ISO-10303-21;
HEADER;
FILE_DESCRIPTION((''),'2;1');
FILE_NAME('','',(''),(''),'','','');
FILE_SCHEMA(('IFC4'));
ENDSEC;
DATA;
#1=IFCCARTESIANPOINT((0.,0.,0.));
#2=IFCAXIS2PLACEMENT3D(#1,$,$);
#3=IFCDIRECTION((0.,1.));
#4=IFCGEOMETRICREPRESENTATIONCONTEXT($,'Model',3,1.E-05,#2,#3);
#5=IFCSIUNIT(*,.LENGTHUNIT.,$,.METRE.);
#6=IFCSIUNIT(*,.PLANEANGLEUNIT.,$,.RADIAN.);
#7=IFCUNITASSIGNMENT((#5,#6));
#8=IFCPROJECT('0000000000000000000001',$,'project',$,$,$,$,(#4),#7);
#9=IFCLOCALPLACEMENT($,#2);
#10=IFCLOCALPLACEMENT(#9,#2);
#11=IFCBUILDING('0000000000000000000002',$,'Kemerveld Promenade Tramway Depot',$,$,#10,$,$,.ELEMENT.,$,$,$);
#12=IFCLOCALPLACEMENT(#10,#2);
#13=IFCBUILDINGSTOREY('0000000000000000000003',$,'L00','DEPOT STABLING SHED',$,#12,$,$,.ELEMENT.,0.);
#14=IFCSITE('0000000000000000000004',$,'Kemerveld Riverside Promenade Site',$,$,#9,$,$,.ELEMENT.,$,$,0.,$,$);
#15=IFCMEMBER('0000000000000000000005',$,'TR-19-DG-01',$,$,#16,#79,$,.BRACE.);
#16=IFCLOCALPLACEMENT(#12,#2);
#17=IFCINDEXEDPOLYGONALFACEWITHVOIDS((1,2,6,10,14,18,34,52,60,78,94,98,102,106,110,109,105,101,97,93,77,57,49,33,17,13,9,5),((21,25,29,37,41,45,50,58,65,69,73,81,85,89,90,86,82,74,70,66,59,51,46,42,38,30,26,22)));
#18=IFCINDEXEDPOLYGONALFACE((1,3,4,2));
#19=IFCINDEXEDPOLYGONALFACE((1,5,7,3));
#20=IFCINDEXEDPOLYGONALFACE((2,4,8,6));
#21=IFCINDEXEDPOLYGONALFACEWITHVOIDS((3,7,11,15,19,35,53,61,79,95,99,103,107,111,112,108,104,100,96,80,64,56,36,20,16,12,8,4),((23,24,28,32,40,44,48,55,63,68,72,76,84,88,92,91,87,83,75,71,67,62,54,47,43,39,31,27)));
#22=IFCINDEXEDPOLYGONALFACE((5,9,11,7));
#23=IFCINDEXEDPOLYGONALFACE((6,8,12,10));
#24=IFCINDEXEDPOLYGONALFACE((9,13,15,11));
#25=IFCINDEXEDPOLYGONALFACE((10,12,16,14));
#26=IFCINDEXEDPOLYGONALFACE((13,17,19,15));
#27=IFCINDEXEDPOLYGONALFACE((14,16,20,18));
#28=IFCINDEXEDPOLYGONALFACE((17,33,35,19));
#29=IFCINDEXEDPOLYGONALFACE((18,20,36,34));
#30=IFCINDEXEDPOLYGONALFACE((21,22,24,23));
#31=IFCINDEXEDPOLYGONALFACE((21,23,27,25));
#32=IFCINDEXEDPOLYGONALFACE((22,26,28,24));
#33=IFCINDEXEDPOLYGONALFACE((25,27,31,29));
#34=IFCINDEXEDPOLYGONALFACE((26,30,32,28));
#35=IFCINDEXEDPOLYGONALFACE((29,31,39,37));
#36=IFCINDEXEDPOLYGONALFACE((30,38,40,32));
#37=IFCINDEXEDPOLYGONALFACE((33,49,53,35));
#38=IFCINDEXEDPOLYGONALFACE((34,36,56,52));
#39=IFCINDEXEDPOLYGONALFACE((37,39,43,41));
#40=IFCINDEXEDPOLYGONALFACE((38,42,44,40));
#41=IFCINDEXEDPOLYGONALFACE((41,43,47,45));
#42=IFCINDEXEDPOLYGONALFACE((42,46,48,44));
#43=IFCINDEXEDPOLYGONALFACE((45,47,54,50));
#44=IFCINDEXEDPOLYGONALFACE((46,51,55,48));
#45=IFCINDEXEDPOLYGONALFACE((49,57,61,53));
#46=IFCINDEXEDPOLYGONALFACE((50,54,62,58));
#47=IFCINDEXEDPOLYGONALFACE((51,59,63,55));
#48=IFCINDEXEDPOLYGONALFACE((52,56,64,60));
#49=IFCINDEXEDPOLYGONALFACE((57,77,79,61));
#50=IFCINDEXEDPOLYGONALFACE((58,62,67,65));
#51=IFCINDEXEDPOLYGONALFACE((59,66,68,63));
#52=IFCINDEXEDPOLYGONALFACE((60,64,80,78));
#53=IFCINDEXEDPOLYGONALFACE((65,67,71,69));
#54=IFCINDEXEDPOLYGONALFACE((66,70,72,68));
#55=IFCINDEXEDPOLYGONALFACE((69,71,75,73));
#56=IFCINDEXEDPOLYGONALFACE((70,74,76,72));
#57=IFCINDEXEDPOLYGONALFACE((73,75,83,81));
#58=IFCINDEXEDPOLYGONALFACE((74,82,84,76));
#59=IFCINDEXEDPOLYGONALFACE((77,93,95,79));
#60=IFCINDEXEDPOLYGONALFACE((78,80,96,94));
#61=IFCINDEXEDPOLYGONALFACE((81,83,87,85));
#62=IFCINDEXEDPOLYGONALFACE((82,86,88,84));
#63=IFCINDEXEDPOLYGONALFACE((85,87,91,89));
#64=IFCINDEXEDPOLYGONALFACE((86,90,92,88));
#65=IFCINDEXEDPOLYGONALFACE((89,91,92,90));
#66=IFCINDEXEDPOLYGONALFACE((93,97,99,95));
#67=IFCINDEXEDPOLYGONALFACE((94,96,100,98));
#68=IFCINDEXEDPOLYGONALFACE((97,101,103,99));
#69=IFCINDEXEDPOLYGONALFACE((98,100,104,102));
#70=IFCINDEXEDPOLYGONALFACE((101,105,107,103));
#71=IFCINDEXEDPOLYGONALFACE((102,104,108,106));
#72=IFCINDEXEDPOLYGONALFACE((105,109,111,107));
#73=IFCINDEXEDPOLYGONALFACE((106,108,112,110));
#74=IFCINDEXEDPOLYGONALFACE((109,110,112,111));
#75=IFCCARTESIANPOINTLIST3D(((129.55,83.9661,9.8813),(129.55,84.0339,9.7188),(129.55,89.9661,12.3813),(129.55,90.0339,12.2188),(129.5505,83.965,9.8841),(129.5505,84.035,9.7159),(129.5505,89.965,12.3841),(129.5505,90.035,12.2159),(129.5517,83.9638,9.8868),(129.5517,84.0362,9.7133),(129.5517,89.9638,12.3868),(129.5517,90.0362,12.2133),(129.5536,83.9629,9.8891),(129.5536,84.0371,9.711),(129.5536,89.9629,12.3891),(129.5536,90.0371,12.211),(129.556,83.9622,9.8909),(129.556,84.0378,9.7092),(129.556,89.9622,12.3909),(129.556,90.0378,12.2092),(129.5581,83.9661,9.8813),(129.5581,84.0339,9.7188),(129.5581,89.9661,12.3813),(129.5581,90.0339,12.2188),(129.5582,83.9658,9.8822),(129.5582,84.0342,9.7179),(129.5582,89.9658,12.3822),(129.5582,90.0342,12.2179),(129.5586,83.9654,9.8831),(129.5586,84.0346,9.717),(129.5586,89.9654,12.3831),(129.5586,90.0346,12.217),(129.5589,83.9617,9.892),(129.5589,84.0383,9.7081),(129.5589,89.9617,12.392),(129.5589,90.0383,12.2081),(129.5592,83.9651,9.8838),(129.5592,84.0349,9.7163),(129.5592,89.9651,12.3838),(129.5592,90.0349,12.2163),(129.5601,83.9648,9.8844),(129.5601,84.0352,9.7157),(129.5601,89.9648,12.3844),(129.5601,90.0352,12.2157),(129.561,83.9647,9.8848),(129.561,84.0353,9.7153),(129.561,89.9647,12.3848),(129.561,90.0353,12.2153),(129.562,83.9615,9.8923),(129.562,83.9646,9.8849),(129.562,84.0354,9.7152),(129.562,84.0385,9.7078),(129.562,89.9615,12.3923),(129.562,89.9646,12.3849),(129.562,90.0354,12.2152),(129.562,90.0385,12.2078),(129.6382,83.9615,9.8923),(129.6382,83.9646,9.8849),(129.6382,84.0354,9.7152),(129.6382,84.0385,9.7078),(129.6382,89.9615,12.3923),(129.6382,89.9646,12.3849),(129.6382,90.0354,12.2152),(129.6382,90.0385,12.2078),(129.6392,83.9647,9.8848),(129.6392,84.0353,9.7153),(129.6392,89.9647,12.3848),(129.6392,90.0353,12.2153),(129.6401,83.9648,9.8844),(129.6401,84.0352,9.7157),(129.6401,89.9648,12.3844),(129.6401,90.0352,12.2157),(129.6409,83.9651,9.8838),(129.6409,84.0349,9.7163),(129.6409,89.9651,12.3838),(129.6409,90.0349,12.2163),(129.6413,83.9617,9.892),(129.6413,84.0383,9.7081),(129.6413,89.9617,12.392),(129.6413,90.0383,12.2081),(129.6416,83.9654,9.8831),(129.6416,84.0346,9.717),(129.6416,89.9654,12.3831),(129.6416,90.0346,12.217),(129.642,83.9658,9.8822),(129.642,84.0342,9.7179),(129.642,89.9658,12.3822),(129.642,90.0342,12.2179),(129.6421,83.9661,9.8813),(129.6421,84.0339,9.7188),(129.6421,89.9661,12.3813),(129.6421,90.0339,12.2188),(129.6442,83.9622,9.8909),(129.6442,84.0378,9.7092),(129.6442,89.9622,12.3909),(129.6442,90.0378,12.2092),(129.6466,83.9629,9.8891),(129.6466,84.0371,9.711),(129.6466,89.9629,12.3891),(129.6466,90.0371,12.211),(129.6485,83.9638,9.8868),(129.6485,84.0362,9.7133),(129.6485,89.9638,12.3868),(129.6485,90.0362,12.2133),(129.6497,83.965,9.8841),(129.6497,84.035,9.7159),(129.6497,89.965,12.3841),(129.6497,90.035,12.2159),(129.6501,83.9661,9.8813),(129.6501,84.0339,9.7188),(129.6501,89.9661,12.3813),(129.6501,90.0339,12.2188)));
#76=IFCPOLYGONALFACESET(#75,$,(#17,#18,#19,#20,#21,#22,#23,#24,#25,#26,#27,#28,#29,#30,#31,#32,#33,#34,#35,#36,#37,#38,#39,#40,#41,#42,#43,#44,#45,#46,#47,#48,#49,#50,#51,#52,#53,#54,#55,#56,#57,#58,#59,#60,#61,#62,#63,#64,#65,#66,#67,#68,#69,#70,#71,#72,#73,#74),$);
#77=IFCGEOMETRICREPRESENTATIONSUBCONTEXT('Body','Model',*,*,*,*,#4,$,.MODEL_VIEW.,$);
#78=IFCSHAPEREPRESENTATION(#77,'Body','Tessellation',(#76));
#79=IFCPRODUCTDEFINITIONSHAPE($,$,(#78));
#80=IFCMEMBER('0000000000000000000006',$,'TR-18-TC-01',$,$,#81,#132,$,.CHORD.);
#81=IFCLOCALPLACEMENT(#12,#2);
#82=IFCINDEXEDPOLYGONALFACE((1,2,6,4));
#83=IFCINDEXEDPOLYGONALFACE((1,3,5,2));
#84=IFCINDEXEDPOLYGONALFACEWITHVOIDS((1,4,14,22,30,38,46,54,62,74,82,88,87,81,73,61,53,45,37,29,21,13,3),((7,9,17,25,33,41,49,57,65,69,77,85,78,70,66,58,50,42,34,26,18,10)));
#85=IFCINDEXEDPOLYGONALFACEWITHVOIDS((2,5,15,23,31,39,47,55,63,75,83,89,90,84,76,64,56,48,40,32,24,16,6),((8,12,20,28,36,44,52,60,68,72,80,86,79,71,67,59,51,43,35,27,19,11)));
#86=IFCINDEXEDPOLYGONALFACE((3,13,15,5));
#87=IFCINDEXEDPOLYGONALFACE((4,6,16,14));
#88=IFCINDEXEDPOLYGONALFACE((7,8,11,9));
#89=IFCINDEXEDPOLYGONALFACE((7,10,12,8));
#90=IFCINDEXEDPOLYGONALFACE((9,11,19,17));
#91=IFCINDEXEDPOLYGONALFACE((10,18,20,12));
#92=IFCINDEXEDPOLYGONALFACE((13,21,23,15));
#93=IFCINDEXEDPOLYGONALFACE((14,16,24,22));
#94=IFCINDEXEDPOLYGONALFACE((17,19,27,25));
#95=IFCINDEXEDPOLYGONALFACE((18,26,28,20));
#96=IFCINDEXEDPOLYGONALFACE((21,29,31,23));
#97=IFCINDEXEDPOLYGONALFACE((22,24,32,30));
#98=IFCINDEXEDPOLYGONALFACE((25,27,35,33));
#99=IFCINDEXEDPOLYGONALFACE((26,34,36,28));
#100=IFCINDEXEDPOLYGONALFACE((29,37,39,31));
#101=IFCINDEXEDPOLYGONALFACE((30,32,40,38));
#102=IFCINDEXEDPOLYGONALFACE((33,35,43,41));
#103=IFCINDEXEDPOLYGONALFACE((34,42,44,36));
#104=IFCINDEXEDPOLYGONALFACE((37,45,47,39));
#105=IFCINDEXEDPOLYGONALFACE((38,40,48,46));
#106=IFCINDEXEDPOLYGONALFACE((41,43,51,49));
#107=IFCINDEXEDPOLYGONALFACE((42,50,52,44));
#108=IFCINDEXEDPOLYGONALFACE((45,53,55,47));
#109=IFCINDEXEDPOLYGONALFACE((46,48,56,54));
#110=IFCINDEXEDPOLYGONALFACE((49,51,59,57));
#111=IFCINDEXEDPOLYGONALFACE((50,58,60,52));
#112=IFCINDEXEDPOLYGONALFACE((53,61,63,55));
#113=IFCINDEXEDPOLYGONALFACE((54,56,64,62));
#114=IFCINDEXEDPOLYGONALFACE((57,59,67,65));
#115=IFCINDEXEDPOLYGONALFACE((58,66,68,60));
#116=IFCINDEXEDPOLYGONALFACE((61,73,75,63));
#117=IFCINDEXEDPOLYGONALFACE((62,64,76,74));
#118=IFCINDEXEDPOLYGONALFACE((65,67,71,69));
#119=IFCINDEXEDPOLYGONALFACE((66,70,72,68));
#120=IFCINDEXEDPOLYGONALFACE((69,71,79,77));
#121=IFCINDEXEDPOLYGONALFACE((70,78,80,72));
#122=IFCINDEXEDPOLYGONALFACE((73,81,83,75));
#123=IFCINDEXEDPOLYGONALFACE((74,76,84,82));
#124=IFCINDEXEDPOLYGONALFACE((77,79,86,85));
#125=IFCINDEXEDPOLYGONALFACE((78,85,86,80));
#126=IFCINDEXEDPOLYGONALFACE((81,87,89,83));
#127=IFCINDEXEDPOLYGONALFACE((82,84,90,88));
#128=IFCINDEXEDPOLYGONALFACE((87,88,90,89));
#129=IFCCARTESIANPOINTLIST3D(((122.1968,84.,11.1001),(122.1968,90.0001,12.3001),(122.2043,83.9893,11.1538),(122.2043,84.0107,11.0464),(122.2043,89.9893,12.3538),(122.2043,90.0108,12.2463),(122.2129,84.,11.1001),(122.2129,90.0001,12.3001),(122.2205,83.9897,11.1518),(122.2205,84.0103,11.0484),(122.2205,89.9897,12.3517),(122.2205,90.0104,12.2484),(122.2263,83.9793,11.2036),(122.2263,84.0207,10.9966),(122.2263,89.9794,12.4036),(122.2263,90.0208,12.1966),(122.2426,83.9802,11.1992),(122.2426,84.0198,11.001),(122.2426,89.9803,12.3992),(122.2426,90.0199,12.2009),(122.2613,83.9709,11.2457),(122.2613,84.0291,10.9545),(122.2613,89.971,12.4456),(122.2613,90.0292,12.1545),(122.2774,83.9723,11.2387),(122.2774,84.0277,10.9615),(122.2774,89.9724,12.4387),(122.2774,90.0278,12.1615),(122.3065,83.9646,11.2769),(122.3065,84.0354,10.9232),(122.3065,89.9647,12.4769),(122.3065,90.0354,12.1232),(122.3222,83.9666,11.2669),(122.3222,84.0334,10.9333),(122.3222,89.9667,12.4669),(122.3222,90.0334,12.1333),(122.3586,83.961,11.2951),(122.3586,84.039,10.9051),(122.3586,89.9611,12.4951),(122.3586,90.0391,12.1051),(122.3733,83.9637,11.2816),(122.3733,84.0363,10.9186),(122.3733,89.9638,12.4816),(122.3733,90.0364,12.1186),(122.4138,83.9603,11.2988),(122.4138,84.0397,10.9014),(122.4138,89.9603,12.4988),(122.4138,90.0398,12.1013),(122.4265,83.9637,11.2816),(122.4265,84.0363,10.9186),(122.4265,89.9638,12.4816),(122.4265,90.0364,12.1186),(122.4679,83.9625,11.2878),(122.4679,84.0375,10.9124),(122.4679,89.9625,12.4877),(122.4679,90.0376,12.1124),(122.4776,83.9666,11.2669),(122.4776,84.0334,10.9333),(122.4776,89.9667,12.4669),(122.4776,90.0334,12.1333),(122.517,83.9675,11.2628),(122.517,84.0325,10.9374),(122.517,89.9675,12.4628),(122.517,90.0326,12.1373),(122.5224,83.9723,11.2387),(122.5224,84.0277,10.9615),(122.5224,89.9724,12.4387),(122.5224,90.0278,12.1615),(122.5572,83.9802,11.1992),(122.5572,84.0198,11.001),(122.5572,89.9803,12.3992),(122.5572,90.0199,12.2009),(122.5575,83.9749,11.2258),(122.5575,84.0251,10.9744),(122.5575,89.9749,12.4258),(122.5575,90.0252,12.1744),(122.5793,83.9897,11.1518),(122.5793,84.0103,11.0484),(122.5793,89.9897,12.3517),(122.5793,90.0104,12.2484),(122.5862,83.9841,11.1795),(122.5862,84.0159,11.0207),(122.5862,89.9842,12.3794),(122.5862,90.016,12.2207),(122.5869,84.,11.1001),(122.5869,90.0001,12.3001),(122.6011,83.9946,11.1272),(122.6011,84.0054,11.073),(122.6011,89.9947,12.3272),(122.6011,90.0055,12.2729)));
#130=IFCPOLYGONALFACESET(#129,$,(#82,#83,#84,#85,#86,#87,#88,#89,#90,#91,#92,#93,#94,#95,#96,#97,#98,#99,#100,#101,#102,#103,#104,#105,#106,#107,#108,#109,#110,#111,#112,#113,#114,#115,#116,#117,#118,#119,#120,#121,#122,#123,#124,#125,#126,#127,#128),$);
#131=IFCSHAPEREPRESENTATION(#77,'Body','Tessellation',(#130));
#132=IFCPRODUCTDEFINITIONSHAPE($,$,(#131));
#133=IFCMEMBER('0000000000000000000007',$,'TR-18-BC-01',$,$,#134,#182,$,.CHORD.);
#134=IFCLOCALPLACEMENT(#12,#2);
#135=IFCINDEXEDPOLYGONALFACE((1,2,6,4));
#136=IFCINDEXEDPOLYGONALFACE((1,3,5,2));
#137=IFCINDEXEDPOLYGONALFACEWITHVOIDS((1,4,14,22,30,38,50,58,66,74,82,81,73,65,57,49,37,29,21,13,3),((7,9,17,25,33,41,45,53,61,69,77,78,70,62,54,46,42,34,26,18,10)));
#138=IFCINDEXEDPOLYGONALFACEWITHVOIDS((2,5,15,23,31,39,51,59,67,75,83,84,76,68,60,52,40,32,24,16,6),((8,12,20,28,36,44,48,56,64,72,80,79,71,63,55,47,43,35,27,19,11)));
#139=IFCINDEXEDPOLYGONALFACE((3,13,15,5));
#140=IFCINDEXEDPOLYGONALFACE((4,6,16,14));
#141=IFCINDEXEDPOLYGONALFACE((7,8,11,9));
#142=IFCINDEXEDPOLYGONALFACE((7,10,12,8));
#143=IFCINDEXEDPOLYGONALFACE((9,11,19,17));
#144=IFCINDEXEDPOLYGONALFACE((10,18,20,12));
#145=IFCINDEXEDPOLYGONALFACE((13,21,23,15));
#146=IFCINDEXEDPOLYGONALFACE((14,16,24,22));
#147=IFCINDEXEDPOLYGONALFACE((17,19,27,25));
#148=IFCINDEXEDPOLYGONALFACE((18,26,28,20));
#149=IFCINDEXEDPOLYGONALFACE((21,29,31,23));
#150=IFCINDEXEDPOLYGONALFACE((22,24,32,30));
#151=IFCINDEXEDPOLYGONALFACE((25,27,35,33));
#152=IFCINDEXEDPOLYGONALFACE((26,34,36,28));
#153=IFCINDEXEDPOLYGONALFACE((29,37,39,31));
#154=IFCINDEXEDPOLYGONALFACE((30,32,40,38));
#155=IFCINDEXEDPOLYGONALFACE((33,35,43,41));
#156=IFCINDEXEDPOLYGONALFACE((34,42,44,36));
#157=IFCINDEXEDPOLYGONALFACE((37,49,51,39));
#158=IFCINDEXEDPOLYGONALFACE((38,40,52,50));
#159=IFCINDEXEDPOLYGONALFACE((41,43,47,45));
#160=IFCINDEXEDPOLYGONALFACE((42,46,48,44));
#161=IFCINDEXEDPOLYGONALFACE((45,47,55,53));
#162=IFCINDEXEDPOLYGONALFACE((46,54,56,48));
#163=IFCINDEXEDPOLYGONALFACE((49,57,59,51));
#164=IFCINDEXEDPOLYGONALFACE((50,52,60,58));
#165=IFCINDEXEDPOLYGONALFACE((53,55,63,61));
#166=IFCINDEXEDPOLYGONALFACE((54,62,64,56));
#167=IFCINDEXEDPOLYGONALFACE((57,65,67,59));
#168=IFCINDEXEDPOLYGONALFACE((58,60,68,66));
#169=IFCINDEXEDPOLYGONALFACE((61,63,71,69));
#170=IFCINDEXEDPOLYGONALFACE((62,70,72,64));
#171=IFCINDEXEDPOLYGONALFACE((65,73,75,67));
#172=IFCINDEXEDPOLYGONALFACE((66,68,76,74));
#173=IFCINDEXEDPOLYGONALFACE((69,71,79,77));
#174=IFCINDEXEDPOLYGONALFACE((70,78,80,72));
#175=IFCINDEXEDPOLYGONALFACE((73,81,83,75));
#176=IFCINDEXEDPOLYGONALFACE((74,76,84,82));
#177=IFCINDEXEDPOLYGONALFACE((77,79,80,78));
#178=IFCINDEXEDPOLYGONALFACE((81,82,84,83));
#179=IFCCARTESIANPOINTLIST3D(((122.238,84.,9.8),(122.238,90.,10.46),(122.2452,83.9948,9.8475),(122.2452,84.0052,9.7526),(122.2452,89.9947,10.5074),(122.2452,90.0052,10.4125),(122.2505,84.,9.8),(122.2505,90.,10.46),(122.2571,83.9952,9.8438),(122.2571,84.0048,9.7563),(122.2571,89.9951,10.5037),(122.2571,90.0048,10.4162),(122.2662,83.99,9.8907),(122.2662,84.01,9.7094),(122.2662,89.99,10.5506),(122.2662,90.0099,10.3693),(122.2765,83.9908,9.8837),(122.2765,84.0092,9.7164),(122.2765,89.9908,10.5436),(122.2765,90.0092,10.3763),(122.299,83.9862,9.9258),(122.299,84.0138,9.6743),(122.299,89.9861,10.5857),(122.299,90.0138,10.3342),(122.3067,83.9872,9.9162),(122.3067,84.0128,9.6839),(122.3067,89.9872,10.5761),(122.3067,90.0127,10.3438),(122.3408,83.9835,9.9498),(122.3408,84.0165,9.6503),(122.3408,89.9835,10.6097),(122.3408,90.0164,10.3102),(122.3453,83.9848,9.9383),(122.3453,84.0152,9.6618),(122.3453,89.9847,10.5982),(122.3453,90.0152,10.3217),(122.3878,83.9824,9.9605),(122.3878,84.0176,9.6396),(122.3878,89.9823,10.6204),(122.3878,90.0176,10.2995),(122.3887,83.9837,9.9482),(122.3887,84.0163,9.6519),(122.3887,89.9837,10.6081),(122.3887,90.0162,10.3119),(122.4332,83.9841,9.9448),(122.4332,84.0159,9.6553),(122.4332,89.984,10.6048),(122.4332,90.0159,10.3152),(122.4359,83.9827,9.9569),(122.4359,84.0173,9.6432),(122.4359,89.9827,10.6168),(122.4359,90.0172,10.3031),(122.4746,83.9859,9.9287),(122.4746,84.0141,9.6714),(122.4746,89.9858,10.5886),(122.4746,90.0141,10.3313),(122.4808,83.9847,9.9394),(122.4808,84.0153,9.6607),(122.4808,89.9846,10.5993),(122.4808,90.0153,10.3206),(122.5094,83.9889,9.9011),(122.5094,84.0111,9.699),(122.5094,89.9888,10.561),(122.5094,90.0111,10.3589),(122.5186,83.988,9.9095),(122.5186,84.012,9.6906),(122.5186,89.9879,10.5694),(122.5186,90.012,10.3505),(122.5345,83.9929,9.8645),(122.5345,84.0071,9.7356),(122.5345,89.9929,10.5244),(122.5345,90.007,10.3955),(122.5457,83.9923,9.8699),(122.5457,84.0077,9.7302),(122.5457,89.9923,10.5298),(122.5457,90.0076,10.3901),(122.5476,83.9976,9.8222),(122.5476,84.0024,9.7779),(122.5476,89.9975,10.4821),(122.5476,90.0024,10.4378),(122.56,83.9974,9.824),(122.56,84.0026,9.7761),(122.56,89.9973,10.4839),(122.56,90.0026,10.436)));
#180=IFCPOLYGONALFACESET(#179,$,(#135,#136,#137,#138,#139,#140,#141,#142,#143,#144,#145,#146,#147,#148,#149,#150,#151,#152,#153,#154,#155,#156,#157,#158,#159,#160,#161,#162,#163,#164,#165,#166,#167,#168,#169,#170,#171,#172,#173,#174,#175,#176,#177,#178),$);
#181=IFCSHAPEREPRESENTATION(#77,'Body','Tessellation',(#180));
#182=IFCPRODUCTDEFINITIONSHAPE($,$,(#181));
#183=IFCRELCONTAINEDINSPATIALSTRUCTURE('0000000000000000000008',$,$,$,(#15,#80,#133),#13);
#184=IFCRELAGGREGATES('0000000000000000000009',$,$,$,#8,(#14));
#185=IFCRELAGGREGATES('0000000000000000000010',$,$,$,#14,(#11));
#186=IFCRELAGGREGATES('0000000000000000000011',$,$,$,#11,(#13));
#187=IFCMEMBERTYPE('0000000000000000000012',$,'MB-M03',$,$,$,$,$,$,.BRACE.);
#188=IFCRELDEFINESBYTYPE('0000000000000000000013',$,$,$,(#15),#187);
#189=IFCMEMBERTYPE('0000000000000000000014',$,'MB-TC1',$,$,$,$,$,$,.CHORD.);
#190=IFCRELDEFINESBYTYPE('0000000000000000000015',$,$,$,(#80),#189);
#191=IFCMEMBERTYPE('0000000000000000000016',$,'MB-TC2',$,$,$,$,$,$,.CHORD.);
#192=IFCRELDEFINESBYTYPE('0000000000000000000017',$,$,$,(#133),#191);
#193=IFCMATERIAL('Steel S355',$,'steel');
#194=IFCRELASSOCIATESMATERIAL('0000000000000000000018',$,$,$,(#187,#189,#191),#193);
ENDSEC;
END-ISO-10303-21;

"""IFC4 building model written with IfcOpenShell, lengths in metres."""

from ifc_helpers import new_model, si_unit, direction, frame, origin, origin_2d, place, context, subcontext, project, spatial, hollow_rectangle, hollow_circle, extrude, material, material_profile, profile_set, type_object, element, save


model = new_model("IFC4")

# Units and contexts
model_context = context("Model", 3, precision=1e-05, world=origin(), true_north=direction((0.0, 1.0)))
body_context = subcontext(model_context, "Body", "Model", "MODEL_VIEW")
ifc_project = project(units=[si_unit("LENGTHUNIT", "METRE"), si_unit("PLANEANGLEUNIT", "RADIAN")], contexts=[model_context])

# Site, building, storey
site_placement = place(None, origin())
site = spatial("IfcSite", under=ifc_project, at=site_placement, Name="Kemerveld Riverside Promenade Site", CompositionType="ELEMENT", RefElevation=0.0)
building_placement = place(site_placement, origin())
building = spatial("IfcBuilding", under=site, at=building_placement, Name="Kemerveld Promenade Tramway Depot", CompositionType="ELEMENT")
storey_placement = place(building_placement, origin())
storey = spatial("IfcBuildingStorey", under=building, at=storey_placement, Name="L00", Description="DEPOT STABLING SHED", CompositionType="ELEMENT", Elevation=0.0)

# Shared definitions
ifc_material_1 = material(Name="Steel S355", Category="steel")

# Members
ifc_material_profile_1 = material_profile(ifc_material_1, hollow_rectangle(XDim=0.1001, YDim=0.2, WallThickness=0.0081, InnerFilletRadius=0.0039, OuterFilletRadius=0.012, at=origin_2d()), Name="200x100x8.0 RHS")
ifc_profile_set_1 = profile_set([ifc_material_profile_1], Name="Steel S355")
member_type_1 = type_object("IfcMemberType", Name="MB-M03", PredefinedType="BRACE", material=ifc_profile_set_1)
member_1_placement = place(storey_placement, frame((129.6001, 84.0, 9.8), z_axis=(0.0, 0.923077, 0.384615), x_axis=(-1.0, 0.0, 0.0)))
element("IfcMember", 1, at=member_1_placement, inside=storey, type_object=member_type_1, Name="TR-19-DG-01", PredefinedType="BRACE", context=body_context, shape_type="SweptSolid", body=[
    extrude(hollow_rectangle(XDim=0.1001, YDim=0.2, WallThickness=0.0081, InnerFilletRadius=0.0039, OuterFilletRadius=0.012, at=origin_2d()), origin(), (0.0, 0.0, 1.0), 6.5),
])
ifc_material_profile_2 = material_profile(ifc_material_1, hollow_circle(Radius=0.2031, WallThickness=0.0161, at=origin_2d()), Name="406.4x16.0 CHS")
ifc_profile_set_2 = profile_set([ifc_material_profile_2], Name="Steel S355")
member_type_2 = type_object("IfcMemberType", Name="MB-TC1", PredefinedType="CHORD", material=ifc_profile_set_2)
member_2_placement = place(storey_placement, frame((122.3999, 84.0, 11.1001), z_axis=(0.0, 0.980582, 0.196108), x_axis=(-1.0, 0.0, 0.0)))
element("IfcMember", 2, at=member_2_placement, inside=storey, type_object=member_type_2, Name="TR-18-TC-01", PredefinedType="CHORD", context=body_context, shape_type="SweptSolid", body=[
    extrude(hollow_circle(Radius=0.2031, WallThickness=0.0161, at=origin_2d()), origin(), (0.0, 0.0, 1.0), 6.1189),
])
ifc_material_profile_3 = material_profile(ifc_material_1, hollow_circle(Radius=0.1619, WallThickness=0.0125, at=origin_2d()), Name="323.9x12.5 CHS")
ifc_profile_set_3 = profile_set([ifc_material_profile_3], Name="Steel S355")
member_type_3 = type_object("IfcMemberType", Name="MB-TC2", PredefinedType="CHORD", material=ifc_profile_set_3)
member_3_placement = place(storey_placement, frame((122.3999, 84.0, 9.8), z_axis=(0.0, 0.994006, 0.109326), x_axis=(-1.0, 0.0, 0.0)))
element("IfcMember", 3, at=member_3_placement, inside=storey, type_object=member_type_3, Name="TR-18-BC-01", PredefinedType="CHORD", context=body_context, shape_type="SweptSolid", body=[
    extrude(hollow_circle(Radius=0.1619, WallThickness=0.0125, at=origin_2d()), origin(), (0.0, 0.0, 1.0), 6.0361),
])

save(model, "model.ifc")
